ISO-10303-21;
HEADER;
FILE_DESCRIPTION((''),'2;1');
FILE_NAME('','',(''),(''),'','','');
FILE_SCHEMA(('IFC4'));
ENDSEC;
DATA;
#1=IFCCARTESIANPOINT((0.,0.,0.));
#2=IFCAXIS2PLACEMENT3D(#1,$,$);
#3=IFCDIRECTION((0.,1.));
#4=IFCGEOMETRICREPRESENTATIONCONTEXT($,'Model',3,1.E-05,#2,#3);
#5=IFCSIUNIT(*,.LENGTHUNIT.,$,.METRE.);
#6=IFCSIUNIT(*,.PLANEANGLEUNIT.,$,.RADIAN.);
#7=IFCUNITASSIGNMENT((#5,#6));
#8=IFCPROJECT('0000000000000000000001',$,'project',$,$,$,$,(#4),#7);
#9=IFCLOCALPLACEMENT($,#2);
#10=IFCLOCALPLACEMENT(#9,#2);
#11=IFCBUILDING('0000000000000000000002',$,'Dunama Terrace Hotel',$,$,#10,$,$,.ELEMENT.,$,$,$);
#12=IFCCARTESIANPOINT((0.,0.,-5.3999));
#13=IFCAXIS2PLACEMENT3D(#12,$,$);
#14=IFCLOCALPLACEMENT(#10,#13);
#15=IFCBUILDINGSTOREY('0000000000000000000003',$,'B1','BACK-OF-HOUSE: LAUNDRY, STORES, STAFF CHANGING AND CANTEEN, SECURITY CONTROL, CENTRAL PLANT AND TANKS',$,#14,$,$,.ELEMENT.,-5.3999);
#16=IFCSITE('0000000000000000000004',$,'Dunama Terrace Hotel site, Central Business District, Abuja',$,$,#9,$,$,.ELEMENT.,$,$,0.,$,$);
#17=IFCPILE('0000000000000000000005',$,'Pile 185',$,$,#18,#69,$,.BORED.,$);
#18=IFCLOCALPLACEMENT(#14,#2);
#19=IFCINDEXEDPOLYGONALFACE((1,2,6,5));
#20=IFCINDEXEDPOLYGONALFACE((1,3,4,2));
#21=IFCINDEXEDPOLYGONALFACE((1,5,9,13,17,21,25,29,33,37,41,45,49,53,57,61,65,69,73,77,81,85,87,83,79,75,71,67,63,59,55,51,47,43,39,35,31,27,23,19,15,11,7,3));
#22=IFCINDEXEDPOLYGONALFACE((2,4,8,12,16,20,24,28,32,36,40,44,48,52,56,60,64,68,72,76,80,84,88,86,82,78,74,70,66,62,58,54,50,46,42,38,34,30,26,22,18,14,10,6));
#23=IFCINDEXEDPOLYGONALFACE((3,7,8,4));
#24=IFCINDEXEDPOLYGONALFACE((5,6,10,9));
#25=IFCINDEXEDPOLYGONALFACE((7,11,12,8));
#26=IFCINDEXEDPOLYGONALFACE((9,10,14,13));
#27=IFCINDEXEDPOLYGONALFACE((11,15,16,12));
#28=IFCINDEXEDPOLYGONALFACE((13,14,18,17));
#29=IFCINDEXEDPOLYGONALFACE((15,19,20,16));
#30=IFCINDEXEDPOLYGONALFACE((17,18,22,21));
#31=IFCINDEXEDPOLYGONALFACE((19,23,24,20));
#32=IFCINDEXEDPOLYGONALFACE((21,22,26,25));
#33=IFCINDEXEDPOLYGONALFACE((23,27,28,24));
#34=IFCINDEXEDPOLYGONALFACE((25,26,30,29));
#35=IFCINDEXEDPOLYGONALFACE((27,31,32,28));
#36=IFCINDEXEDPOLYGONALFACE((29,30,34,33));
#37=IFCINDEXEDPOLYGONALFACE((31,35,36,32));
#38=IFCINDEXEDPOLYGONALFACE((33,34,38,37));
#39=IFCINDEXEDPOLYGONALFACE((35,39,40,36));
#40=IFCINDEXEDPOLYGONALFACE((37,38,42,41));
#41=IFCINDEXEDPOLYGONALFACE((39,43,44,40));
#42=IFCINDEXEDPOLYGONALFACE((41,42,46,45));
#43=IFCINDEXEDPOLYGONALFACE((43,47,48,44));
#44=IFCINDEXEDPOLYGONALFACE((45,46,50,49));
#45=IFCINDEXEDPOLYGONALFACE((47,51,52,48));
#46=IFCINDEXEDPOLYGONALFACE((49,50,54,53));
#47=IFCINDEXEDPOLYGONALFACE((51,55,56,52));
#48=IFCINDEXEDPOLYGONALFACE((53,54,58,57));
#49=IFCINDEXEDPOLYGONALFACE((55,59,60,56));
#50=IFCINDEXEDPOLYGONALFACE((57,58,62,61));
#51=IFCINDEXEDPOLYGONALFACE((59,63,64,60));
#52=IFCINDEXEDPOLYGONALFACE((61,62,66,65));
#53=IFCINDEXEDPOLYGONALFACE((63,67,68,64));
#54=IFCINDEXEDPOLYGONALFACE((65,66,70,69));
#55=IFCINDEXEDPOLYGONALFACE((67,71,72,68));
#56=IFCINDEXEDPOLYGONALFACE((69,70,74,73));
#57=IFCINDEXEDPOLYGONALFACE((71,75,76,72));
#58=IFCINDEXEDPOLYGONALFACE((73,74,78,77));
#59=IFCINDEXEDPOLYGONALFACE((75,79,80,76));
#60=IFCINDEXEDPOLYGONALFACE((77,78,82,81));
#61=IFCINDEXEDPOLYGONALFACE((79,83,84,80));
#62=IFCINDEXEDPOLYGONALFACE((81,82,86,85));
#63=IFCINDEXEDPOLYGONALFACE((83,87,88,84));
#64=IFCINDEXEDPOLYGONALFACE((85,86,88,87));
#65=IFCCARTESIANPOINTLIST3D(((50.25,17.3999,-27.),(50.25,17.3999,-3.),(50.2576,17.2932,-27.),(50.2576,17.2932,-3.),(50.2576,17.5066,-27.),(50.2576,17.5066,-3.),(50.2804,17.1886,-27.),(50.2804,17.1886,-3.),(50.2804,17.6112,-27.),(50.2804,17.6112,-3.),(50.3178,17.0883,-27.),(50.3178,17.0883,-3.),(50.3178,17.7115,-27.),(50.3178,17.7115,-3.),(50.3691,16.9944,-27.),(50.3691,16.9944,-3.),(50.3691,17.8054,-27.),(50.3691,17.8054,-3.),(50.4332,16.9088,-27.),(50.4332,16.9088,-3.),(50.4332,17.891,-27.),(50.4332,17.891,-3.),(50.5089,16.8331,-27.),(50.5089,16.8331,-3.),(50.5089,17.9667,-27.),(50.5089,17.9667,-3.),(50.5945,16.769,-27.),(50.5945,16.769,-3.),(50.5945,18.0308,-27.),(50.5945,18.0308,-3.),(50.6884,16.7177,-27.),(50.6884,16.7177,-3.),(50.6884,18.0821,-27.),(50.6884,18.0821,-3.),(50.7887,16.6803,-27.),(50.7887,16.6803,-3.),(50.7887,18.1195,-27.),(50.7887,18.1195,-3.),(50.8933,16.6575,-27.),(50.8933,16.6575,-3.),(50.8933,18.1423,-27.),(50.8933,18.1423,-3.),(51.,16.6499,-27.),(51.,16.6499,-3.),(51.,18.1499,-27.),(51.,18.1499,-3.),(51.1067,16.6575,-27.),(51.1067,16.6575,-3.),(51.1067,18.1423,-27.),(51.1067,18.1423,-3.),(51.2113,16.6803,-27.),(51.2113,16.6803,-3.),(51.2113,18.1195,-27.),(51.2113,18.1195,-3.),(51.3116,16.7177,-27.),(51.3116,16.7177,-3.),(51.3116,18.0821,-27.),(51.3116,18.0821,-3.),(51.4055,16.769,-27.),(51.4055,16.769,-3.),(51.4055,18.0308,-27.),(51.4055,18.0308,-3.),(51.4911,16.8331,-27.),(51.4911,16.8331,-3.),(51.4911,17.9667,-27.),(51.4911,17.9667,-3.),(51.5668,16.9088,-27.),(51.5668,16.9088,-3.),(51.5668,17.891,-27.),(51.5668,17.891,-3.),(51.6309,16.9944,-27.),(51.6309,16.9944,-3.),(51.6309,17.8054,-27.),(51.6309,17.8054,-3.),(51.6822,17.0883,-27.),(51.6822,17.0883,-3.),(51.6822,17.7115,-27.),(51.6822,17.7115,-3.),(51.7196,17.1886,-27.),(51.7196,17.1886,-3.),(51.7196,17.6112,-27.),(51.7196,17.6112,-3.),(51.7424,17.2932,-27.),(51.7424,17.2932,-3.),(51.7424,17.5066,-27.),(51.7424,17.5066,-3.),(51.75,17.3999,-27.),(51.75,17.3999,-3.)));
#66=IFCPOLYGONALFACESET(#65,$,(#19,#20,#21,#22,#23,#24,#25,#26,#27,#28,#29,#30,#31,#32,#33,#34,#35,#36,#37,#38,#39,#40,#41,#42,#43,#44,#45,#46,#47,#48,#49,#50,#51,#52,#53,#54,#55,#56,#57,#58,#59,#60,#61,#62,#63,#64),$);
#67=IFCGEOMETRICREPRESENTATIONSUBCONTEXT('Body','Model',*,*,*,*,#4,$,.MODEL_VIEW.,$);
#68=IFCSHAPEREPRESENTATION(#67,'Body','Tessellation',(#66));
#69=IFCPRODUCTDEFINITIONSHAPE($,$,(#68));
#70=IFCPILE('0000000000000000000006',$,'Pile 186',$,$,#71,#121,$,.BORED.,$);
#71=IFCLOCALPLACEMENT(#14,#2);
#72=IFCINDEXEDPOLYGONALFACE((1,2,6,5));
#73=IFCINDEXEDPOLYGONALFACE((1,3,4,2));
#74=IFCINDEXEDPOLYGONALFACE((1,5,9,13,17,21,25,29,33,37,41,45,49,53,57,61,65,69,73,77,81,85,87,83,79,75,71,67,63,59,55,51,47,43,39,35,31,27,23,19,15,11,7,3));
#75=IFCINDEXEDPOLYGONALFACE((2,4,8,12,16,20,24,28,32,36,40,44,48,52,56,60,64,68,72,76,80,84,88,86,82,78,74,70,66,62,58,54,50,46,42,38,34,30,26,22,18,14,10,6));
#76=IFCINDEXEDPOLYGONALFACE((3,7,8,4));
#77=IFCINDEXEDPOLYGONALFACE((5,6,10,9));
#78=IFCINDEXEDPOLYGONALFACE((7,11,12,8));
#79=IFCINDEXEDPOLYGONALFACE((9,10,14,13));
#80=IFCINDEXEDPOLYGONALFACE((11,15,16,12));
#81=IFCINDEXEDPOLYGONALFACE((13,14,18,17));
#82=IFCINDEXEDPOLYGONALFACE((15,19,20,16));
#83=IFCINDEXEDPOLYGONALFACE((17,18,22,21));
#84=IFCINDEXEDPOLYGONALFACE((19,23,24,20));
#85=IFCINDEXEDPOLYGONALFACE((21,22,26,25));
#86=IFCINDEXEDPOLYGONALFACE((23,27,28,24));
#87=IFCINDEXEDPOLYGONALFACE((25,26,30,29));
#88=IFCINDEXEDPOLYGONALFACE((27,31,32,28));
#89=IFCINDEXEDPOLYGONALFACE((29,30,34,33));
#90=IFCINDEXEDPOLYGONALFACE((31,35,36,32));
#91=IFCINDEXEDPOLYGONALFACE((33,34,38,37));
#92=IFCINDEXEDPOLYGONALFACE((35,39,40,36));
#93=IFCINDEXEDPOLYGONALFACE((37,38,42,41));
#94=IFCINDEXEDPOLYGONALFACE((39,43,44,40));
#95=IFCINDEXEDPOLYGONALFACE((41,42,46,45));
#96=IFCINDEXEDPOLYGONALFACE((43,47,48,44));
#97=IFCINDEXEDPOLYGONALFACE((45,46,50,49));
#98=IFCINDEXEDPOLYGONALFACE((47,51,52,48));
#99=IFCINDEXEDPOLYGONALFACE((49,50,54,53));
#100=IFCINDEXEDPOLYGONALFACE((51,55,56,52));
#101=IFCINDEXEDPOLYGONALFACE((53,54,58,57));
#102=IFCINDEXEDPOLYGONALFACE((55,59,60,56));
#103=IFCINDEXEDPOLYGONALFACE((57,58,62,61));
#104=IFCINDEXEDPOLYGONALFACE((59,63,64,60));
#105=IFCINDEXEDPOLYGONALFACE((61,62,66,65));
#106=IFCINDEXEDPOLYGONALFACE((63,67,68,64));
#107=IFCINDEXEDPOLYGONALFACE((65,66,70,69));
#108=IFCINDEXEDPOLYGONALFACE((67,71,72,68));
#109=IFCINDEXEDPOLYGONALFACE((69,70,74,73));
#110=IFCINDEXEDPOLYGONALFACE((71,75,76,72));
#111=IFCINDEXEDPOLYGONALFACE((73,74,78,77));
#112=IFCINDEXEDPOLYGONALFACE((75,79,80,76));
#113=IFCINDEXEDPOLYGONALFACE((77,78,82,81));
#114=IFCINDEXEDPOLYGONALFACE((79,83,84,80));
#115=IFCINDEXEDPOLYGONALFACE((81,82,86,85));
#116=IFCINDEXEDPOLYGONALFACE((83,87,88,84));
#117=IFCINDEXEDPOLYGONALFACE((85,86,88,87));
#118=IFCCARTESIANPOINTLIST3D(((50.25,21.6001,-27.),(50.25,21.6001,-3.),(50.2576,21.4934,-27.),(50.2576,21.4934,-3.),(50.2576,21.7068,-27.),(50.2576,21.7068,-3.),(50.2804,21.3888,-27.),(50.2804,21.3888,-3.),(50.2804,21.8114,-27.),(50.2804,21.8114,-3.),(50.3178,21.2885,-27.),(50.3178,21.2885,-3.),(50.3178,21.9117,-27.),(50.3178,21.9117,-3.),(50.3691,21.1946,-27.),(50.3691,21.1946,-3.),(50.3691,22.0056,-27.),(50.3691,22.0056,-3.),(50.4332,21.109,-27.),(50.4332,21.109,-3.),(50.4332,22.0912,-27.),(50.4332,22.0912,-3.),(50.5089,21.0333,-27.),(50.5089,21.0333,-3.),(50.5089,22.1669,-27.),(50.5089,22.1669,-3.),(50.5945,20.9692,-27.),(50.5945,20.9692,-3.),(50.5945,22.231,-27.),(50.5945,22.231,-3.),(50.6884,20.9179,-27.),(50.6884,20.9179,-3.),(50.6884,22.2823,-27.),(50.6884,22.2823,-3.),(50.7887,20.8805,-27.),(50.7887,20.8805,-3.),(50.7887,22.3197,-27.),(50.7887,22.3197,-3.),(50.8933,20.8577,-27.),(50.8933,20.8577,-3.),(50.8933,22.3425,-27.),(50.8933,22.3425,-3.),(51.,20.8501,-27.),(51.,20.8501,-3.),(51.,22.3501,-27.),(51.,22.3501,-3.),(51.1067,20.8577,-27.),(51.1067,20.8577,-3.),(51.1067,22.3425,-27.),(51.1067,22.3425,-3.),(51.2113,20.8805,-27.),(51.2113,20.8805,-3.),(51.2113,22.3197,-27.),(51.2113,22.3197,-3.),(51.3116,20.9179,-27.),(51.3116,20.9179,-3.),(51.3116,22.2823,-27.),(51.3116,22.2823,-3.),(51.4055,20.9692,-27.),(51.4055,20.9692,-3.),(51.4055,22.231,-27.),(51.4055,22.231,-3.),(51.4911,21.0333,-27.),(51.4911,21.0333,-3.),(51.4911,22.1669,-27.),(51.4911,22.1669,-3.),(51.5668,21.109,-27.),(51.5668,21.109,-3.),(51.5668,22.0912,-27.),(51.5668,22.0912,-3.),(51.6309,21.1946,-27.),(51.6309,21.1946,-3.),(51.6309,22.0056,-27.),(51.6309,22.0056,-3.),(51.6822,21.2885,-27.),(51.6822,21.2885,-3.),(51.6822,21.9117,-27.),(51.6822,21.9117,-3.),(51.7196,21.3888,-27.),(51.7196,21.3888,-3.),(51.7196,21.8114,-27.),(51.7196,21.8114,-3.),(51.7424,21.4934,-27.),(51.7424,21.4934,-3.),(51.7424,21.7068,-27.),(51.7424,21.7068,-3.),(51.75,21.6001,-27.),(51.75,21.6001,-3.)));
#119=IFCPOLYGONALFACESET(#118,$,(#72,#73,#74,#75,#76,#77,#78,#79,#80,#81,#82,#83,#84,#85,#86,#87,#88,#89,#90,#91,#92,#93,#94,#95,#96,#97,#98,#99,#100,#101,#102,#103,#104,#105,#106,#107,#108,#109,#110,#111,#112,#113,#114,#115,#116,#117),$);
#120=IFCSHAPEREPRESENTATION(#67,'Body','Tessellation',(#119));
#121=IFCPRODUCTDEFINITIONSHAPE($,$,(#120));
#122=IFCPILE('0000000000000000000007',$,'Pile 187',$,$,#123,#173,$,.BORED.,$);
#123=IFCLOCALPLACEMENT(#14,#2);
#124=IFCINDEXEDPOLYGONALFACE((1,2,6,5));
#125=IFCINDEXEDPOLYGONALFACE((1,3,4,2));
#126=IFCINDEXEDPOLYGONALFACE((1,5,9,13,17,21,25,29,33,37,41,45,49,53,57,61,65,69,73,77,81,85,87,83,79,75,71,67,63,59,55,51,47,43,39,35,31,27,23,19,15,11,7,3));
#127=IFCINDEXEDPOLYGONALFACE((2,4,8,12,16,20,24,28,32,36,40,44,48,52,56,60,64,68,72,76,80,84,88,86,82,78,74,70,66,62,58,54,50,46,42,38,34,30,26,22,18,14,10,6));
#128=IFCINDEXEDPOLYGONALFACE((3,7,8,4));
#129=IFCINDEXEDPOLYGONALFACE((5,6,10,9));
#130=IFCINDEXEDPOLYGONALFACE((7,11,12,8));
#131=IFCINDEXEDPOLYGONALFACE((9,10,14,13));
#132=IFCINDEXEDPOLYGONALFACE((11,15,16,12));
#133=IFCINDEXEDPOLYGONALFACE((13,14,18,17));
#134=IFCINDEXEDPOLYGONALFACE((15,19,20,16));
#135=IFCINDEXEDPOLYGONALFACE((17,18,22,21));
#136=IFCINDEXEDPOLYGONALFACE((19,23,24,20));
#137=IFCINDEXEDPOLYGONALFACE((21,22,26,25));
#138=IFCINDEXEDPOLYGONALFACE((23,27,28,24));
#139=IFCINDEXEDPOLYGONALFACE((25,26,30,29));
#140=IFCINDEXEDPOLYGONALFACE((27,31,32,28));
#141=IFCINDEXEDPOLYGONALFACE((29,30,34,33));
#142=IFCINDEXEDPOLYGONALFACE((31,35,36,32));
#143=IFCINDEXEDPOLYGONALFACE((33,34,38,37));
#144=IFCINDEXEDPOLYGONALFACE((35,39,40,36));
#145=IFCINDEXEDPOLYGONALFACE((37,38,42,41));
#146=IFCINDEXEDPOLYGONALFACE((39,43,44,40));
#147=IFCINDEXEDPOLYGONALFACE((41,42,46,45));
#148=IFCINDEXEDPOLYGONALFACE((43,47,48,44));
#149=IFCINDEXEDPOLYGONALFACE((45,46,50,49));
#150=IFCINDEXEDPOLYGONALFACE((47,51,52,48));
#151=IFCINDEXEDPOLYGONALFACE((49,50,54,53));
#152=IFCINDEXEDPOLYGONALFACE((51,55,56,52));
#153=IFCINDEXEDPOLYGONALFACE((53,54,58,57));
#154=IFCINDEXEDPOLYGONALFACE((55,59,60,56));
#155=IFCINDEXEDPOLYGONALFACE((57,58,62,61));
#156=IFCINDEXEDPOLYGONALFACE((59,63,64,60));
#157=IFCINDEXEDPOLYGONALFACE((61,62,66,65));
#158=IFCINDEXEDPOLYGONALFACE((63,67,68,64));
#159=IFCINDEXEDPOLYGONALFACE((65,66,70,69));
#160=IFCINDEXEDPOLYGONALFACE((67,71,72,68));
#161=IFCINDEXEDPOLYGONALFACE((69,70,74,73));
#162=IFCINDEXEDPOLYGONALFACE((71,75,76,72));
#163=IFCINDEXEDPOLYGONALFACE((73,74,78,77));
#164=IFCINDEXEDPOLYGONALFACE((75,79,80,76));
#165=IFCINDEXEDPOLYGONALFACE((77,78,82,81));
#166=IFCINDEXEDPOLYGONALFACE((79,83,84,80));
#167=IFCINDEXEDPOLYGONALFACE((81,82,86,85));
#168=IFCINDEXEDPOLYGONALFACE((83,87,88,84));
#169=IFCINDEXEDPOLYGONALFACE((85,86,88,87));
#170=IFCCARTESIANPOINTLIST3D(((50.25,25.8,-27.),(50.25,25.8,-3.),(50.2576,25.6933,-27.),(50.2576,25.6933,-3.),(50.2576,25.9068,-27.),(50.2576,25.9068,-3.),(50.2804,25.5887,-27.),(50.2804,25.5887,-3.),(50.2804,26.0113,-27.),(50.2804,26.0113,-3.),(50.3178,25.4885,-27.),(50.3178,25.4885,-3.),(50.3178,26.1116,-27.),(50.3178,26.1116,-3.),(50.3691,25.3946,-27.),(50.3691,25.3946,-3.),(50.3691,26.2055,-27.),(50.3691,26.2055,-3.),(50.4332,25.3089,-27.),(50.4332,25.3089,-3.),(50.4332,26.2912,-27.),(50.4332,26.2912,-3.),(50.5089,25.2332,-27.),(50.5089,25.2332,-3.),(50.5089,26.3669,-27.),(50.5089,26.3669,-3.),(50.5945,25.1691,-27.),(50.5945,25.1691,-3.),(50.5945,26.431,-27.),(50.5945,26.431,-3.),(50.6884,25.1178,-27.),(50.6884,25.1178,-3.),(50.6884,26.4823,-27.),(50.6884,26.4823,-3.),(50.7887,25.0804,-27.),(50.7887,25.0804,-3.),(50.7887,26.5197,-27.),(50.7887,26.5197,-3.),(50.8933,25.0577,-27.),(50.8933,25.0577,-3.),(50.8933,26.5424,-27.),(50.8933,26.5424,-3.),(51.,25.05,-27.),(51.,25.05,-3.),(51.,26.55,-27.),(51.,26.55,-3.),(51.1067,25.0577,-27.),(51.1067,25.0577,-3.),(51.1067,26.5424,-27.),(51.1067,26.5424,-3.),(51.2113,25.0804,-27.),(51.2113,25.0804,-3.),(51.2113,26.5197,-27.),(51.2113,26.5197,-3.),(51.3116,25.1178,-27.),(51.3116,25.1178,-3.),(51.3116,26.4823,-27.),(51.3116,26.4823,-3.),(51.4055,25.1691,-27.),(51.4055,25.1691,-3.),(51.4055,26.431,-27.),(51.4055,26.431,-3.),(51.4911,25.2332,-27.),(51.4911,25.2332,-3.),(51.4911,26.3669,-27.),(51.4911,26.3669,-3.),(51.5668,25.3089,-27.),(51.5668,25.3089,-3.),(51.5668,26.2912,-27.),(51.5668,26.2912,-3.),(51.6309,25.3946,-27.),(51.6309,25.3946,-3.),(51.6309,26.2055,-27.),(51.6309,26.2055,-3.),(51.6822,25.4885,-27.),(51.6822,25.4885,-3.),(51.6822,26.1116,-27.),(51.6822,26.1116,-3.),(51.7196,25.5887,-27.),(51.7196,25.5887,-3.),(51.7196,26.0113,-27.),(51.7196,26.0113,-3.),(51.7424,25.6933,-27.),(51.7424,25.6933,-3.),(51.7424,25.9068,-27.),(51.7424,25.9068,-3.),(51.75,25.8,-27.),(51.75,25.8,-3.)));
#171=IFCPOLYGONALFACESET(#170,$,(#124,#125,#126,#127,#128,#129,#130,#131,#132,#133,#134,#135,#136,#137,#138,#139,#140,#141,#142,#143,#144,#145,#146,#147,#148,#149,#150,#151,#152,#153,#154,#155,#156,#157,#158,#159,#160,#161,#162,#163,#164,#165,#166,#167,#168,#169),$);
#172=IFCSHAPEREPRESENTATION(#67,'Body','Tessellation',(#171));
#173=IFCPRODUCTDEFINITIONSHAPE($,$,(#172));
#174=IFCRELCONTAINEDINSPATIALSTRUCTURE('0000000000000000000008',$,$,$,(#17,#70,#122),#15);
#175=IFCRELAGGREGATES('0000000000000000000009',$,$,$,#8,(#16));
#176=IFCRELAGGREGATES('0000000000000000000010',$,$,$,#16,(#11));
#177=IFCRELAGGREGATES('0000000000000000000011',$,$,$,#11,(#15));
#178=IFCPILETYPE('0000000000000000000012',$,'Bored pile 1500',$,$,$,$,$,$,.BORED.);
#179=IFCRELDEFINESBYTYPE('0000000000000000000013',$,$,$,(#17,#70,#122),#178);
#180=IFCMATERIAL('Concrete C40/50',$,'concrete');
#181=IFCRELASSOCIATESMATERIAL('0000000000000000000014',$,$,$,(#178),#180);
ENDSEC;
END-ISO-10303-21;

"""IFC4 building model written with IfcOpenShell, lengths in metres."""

from ifc_helpers import new_model, si_unit, direction, frame, origin, origin_2d, place, context, subcontext, project, spatial, circle, extrude, material, material_profile, profile_set, type_object, element, save


model = new_model("IFC4")

# Units and contexts
model_context = context("Model", 3, precision=1e-05, world=origin(), true_north=direction((0.0, 1.0)))
body_context = subcontext(model_context, "Body", "Model", "MODEL_VIEW")
ifc_project = project(units=[si_unit("LENGTHUNIT", "METRE"), si_unit("PLANEANGLEUNIT", "RADIAN")], contexts=[model_context])

# Site, building, storey
site_placement = place(None, origin())
site = spatial("IfcSite", under=ifc_project, at=site_placement, Name="Dunama Terrace Hotel site, Central Business District, Abuja", CompositionType="ELEMENT", RefElevation=0.0)
building_placement = place(site_placement, origin())
building = spatial("IfcBuilding", under=site, at=building_placement, Name="Dunama Terrace Hotel", CompositionType="ELEMENT")
storey_placement = place(building_placement, frame((0.0, 0.0, -5.3999)))
storey = spatial("IfcBuildingStorey", under=building, at=storey_placement, Name="B1", Description="BACK-OF-HOUSE: LAUNDRY, STORES, STAFF CHANGING AND CANTEEN, SECURITY CONTROL, CENTRAL PLANT AND TANKS", CompositionType="ELEMENT", Elevation=-5.3999)

# Piles
ifc_material_1 = material(Name="Concrete C40/50", Category="concrete")
ifc_material_profile_1 = material_profile(ifc_material_1, circle(Radius=0.75, at=origin_2d()), Name="PILE D1500")
ifc_profile_set_1 = profile_set([ifc_material_profile_1], Name="Concrete C40/50")
pile_type = type_object("IfcPileType", Name="Bored pile 1500", PredefinedType="BORED", material=ifc_profile_set_1)
for number, where, z_axis, x_axis, name in (
    (1, (51.0, 17.3999, -3.0), (0.0, 0.0, -1.0), (1.0, 0.0, 0.0), "Pile 185"),
    (2, (51.0, 21.6001, -3.0), (0.0, 0.0, -1.0), (1.0, 0.0, 0.0), "Pile 186"),
    (3, (51.0, 25.8, -3.0), (0.0, 0.0, -1.0), (1.0, 0.0, 0.0), "Pile 187"),
):
    element("IfcPile", number, at=place(storey_placement, frame(where, z_axis=z_axis, x_axis=x_axis)), inside=storey, type_object=pile_type, Name=name, PredefinedType="BORED", context=body_context, shape_type="SweptSolid", body=[
        extrude(circle(Radius=0.75, at=origin_2d()), origin(), (0.0, 0.0, 1.0), 24.0),
    ])

save(model, "model.ifc")
